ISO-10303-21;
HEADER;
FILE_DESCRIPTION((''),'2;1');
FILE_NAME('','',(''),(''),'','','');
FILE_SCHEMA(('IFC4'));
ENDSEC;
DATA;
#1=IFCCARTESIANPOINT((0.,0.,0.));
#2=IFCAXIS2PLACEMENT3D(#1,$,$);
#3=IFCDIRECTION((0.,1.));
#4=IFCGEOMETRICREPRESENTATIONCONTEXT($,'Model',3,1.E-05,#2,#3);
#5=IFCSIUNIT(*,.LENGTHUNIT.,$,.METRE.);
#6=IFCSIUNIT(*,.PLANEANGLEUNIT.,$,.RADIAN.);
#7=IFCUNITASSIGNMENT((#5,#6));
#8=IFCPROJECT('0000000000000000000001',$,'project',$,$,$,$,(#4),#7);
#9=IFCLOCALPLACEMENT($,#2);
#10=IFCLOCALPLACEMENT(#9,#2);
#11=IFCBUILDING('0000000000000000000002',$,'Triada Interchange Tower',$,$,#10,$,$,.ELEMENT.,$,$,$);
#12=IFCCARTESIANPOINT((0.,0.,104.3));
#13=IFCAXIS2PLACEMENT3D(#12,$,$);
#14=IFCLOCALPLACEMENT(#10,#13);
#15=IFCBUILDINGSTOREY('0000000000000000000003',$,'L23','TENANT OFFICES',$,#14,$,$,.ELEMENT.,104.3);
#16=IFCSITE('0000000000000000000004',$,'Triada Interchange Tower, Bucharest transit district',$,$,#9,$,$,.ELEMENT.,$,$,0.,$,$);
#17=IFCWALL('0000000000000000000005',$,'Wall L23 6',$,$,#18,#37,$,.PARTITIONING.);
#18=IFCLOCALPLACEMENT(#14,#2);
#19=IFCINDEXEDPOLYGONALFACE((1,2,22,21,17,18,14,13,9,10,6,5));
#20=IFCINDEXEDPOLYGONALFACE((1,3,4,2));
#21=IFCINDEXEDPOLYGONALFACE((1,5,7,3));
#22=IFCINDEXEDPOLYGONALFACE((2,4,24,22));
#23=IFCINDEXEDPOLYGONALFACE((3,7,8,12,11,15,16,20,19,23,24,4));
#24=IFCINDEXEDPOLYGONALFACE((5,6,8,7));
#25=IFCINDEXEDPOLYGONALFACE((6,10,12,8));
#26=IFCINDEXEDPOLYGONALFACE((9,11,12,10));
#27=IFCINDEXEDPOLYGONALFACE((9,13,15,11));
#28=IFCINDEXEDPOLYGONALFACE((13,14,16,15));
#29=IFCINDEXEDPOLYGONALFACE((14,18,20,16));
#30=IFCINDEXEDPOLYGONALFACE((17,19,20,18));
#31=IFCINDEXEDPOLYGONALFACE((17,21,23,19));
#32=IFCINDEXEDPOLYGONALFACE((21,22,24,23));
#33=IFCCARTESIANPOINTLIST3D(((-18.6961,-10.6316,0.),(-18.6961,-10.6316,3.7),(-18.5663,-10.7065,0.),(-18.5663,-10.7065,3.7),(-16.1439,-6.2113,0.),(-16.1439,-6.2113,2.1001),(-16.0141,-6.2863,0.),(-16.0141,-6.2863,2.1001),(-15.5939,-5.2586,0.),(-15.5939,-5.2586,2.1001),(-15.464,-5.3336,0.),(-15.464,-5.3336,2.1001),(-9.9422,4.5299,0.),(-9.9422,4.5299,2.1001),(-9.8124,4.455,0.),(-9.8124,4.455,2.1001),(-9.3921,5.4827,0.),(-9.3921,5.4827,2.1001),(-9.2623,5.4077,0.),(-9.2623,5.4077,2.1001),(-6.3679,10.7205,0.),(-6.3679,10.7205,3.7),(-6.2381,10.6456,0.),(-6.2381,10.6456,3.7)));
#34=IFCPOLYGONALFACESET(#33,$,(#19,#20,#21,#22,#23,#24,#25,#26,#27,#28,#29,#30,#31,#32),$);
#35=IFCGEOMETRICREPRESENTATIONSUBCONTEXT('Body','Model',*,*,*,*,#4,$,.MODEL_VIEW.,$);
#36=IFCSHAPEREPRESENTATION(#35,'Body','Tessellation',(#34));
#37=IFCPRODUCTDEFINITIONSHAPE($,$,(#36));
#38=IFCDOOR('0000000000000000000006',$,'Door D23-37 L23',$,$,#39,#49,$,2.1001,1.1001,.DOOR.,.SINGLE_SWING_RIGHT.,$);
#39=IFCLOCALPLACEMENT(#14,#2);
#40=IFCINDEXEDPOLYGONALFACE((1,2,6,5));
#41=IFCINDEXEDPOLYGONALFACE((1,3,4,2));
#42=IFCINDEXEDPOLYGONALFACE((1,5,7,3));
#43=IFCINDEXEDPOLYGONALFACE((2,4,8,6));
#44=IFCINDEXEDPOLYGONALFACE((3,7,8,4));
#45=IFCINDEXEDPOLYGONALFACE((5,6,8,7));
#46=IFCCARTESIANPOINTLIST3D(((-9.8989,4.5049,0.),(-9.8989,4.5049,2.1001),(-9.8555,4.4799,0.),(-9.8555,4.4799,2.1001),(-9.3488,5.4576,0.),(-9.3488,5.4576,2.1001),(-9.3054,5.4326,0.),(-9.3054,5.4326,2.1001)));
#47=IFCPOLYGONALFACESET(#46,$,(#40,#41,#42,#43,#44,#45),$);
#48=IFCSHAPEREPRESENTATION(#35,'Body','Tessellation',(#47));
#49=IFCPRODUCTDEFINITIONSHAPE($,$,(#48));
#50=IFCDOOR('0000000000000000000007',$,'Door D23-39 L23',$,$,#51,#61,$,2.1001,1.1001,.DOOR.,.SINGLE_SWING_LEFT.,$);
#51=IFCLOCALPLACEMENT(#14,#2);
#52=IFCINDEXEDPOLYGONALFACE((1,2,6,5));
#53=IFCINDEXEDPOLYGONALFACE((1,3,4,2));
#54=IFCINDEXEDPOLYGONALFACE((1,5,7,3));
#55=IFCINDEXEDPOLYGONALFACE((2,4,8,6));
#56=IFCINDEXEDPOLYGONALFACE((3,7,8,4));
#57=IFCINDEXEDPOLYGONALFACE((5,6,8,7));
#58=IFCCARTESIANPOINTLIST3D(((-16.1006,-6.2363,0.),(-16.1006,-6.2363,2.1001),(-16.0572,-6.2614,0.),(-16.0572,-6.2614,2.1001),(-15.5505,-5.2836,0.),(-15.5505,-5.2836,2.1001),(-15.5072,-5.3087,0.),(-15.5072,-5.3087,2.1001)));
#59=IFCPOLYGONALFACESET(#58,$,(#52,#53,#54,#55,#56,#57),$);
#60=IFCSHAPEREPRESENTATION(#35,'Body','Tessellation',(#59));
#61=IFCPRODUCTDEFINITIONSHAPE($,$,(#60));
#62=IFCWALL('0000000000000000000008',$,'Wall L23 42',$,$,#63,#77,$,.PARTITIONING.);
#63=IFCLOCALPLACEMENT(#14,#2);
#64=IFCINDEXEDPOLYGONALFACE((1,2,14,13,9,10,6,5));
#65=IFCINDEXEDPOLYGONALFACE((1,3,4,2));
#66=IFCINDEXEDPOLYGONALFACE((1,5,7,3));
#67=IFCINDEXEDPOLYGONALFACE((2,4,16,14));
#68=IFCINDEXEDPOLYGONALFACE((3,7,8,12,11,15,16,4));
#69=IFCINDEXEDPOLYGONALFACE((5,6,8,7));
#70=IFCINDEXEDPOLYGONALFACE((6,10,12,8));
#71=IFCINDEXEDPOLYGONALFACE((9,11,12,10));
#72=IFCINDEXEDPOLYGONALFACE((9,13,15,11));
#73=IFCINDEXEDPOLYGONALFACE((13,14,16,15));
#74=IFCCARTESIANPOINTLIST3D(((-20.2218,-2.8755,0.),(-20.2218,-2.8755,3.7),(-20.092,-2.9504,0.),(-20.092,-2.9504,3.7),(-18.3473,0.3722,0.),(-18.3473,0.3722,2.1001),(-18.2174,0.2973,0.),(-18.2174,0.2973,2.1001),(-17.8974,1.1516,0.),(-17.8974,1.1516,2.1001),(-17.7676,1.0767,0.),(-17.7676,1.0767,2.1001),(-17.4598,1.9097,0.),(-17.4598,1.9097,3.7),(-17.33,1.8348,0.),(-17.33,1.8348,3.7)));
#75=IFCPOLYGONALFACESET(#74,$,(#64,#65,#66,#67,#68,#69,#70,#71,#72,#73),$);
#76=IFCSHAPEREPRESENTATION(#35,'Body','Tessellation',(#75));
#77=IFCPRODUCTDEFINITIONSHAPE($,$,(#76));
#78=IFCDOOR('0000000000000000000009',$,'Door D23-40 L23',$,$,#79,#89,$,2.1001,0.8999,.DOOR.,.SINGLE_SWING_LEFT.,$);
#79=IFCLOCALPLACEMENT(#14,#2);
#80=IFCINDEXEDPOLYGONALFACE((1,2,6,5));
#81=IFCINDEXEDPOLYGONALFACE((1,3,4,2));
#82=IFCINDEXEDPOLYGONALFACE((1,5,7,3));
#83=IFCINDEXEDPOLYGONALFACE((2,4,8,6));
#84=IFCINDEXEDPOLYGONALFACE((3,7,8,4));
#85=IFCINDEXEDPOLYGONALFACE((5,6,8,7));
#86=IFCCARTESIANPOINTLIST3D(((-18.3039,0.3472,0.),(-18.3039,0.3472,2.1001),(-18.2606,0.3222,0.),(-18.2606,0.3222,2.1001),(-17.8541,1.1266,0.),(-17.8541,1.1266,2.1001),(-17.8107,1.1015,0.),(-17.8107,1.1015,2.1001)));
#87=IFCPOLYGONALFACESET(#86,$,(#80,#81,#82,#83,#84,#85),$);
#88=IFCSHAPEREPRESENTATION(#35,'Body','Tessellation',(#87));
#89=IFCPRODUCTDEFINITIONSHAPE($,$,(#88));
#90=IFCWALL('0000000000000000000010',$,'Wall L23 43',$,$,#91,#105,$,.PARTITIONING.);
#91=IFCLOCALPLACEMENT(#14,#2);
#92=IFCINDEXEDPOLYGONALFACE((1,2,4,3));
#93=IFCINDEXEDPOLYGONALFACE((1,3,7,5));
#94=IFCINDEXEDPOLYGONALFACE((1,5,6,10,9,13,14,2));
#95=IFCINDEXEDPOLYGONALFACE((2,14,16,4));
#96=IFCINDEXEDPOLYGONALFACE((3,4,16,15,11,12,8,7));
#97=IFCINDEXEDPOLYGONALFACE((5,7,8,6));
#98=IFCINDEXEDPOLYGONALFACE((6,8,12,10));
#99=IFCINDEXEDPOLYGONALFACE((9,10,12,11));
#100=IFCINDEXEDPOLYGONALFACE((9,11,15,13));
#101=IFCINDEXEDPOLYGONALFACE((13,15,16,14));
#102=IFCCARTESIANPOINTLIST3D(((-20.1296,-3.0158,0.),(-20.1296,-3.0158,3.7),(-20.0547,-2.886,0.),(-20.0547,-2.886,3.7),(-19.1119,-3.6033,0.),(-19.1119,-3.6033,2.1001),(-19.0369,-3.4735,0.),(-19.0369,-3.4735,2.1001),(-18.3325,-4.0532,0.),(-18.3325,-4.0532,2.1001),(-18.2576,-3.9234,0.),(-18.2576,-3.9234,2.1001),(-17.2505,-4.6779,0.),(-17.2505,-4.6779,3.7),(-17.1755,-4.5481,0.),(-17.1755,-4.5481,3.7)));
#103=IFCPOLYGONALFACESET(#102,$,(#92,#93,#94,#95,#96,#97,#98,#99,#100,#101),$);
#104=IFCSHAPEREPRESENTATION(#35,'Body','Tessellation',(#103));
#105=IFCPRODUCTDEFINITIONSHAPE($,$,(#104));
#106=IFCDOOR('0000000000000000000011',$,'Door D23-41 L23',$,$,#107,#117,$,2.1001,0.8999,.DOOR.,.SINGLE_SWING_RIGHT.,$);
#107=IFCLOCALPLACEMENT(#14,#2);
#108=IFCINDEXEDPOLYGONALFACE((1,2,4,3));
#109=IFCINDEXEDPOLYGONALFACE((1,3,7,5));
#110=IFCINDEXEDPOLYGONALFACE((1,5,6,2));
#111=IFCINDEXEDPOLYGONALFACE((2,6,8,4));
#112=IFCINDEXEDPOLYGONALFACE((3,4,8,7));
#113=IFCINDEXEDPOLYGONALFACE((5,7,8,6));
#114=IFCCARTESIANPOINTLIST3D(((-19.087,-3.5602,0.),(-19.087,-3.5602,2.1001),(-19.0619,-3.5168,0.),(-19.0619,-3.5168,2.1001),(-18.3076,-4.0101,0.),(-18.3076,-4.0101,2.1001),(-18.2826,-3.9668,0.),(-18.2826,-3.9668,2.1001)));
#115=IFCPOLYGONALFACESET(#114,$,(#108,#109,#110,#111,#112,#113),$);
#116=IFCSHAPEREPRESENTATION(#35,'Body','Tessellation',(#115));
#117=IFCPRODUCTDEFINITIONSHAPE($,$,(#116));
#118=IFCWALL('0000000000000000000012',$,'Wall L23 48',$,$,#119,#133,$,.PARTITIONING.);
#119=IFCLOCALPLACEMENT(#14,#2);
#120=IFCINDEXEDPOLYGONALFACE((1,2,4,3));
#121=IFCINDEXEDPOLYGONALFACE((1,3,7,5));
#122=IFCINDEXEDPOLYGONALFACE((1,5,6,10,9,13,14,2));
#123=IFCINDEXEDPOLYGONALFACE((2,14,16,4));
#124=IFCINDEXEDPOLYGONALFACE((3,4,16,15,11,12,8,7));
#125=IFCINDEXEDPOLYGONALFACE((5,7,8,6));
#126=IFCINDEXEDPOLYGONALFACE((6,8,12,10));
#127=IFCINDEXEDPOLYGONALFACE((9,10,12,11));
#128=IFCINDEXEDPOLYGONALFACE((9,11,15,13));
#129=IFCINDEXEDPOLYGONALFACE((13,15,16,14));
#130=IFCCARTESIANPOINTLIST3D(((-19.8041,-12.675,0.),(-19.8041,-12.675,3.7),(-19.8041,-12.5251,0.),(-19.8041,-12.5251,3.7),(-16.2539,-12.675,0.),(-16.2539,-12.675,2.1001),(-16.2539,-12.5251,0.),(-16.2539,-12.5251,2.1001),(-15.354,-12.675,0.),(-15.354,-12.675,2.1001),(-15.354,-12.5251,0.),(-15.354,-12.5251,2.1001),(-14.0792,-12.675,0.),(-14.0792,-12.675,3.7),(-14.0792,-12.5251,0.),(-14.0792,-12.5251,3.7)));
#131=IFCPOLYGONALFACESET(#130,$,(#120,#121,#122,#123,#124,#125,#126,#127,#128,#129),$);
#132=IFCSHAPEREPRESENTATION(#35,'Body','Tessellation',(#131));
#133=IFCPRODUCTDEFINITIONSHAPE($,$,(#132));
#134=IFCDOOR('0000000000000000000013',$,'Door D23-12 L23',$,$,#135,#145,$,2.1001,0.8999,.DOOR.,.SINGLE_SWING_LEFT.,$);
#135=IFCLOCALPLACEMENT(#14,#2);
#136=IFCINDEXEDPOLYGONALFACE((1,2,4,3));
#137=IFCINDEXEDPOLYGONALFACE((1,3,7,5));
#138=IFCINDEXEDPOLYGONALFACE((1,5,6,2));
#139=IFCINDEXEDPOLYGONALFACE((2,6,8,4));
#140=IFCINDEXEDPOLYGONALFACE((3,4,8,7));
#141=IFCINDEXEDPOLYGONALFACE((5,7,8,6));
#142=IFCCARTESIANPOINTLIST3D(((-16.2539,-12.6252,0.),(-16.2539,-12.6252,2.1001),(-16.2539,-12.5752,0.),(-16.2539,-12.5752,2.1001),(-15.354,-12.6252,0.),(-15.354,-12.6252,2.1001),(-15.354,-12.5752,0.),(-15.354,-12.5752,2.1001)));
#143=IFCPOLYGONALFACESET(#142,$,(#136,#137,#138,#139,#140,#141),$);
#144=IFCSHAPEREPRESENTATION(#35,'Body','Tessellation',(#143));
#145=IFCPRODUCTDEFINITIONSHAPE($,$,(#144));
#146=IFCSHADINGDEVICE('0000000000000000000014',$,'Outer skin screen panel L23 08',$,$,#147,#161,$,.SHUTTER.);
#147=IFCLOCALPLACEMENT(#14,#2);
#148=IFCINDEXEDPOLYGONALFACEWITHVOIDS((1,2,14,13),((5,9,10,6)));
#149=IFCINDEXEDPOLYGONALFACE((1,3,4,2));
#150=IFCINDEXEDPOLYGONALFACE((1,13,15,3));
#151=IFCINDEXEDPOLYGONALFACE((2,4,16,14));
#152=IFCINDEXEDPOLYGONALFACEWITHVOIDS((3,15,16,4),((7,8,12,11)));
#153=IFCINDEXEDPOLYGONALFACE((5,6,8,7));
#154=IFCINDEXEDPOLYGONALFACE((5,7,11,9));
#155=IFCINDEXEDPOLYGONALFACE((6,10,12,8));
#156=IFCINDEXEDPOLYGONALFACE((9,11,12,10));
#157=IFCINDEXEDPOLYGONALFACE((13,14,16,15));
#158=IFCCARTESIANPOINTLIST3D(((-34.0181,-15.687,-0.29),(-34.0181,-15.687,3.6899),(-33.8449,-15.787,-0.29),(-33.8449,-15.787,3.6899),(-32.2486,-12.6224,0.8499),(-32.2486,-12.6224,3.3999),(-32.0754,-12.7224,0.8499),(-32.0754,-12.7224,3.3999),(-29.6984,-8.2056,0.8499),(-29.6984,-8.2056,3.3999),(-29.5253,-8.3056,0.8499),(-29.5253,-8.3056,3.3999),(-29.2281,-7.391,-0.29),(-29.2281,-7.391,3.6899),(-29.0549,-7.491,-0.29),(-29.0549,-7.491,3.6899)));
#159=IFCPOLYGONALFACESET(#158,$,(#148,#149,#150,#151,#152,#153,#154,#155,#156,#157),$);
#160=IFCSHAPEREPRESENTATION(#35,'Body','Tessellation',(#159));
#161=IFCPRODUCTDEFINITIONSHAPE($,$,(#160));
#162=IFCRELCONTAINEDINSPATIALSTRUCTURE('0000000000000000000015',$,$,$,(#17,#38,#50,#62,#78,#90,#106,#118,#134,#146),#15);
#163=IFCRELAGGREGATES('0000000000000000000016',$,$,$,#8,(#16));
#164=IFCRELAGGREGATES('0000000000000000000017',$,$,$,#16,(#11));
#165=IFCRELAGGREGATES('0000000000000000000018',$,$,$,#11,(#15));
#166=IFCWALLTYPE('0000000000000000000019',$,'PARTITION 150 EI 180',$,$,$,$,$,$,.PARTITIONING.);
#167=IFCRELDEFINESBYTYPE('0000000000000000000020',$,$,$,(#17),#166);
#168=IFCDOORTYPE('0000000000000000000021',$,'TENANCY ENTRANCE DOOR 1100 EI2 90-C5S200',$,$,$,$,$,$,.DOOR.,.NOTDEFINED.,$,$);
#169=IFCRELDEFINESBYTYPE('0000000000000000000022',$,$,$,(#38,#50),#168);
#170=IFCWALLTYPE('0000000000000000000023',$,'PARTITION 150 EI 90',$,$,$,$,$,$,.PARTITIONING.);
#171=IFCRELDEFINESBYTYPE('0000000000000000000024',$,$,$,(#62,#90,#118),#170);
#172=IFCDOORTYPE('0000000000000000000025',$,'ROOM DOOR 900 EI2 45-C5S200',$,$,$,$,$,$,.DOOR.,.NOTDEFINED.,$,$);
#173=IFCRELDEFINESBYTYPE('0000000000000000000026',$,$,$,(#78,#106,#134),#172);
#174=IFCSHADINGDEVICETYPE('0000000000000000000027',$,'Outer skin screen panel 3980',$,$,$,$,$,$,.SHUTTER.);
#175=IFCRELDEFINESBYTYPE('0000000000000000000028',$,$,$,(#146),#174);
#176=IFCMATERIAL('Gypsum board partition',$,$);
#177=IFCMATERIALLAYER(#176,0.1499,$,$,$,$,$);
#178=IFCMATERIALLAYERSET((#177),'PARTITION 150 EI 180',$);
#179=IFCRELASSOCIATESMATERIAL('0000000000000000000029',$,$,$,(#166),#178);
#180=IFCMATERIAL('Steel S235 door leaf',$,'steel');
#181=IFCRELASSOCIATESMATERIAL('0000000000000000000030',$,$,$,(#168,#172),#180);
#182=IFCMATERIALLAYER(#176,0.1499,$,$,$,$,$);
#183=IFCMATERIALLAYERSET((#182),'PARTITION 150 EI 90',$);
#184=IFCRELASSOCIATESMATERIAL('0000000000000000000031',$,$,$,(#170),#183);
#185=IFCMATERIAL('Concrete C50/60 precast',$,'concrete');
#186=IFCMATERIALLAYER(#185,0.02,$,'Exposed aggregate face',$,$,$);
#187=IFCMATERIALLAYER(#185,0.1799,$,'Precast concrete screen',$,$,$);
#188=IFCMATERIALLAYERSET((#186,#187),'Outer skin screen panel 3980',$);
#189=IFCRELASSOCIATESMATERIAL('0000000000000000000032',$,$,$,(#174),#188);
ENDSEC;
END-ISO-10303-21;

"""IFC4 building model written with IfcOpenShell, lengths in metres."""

from ifc_helpers import new_model, si_unit, direction, frame, frame_2d, origin, place, context, subcontext, project, spatial, polyline, rectangle, outline, extrude, material, layer, layer_set, type_object, element, fill, save


model = new_model("IFC4")

# Units and contexts
model_context = context("Model", 3, precision=1e-05, world=origin(), true_north=direction((0.0, 1.0)))
body_context = subcontext(model_context, "Body", "Model", "MODEL_VIEW")
ifc_project = project(units=[si_unit("LENGTHUNIT", "METRE"), si_unit("PLANEANGLEUNIT", "RADIAN")], contexts=[model_context])

# Site, building, storey
site_placement = place(None, origin())
site = spatial("IfcSite", under=ifc_project, at=site_placement, Name="Triada Interchange Tower, Bucharest transit district", CompositionType="ELEMENT", RefElevation=0.0)
building_placement = place(site_placement, origin())
building = spatial("IfcBuilding", under=site, at=building_placement, Name="Triada Interchange Tower", CompositionType="ELEMENT")
storey_placement = place(building_placement, frame((0.0, 0.0, 104.3)))
storey = spatial("IfcBuildingStorey", under=building, at=storey_placement, Name="L23", Description="TENANT OFFICES", CompositionType="ELEMENT", Elevation=104.3)

# Shared definitions
ifc_material_1 = material(Name="Gypsum board partition")
ifc_layer_1 = layer(ifc_material_1, 0.1499)
ifc_layer_set_1 = layer_set([ifc_layer_1], Name="PARTITION 150 EI 180")
wall_type_1 = type_object("IfcWallType", Name="PARTITION 150 EI 180", PredefinedType="PARTITIONING", material=ifc_layer_set_1)

# Wall, openings, doors
ifc_material_2 = material(Name="Steel S235 door leaf", Category="steel")
door_type_1 = type_object("IfcDoorType", Name="TENANCY ENTRANCE DOOR 1100 EI2 90-C5S200", OperationType="NOTDEFINED", PredefinedType="DOOR", material=ifc_material_2)
wall_1_placement = place(storey_placement, frame((-18.6311, -10.6689, 0.0), z_axis=(0.0, 0.0, 1.0), x_axis=(0.500016, 0.866016, 0.0)))
wall_1 = element("IfcWall", 1, at=wall_1_placement, inside=storey, type_object=wall_type_1, Name="Wall L23 6", PredefinedType="PARTITIONING", context=body_context, shape_type="SweptSolid", body=[
    extrude(rectangle(XDim=24.6555, YDim=0.1499, at=frame_2d((12.3276, 0.0))), origin(), (0.0, 0.0, 1.0), 3.7),
])
opening_1_placement = place(wall_1_placement, frame((17.5071, 0.0, 0.0)))
opening_1 = element("IfcOpeningElement", 2, at=opening_1_placement, cuts=wall_1, PredefinedType="OPENING", context=body_context, shape_type="SweptSolid", body=[
    extrude(rectangle(XDim=1.1001, YDim=2.1001, at=frame_2d((0.55, 1.05))), frame((0.0, 0.085, 0.0), z_axis=(0.0, -1.0, 0.0), x_axis=(1.0, 0.0, 0.0)), (0.0, 0.0, 1.0), 0.1699),
])
opening_2_placement = place(wall_1_placement, frame((5.104, 0.0, 0.0)))
opening_2 = element("IfcOpeningElement", 3, at=opening_2_placement, cuts=wall_1, PredefinedType="OPENING", context=body_context, shape_type="SweptSolid", body=[
    extrude(rectangle(XDim=1.1001, YDim=2.1001, at=frame_2d((0.55, 1.05))), frame((0.0, 0.085, 0.0), z_axis=(0.0, -1.0, 0.0), x_axis=(1.0, 0.0, 0.0)), (0.0, 0.0, 1.0), 0.1699),
])
door_1_placement = place(opening_1_placement, origin())
door_1 = element("IfcDoor", 4, at=door_1_placement, inside=storey, type_object=door_type_1, Name="Door D23-37 L23", OperationType="SINGLE_SWING_RIGHT", OverallHeight=2.1001, OverallWidth=1.1001, PredefinedType="DOOR", context=body_context, shape_type="SweptSolid", body=[
    extrude(rectangle(XDim=1.1001, YDim=2.1001, at=frame_2d((0.55, 1.05))), frame((0.0, 0.0249, 0.0), z_axis=(0.0, -1.0, 0.0), x_axis=(1.0, 0.0, 0.0)), (0.0, 0.0, 1.0), 0.05),
])
fill(opening_1, door_1)
door_2_placement = place(opening_2_placement, origin())
door_2 = element("IfcDoor", 5, at=door_2_placement, inside=storey, type_object=door_type_1, Name="Door D23-39 L23", OperationType="SINGLE_SWING_LEFT", OverallHeight=2.1001, OverallWidth=1.1001, PredefinedType="DOOR", context=body_context, shape_type="SweptSolid", body=[
    extrude(rectangle(XDim=1.1001, YDim=2.1001, at=frame_2d((0.55, 1.05))), frame((0.0, 0.0249, 0.0), z_axis=(0.0, -1.0, 0.0), x_axis=(1.0, 0.0, 0.0)), (0.0, 0.0, 1.0), 0.05),
])
fill(opening_2, door_2)

# Walls, openings, doors
ifc_layer_2 = layer(ifc_material_1, 0.1499)
ifc_layer_set_2 = layer_set([ifc_layer_2], Name="PARTITION 150 EI 90")
wall_type_2 = type_object("IfcWallType", Name="PARTITION 150 EI 90", PredefinedType="PARTITIONING", material=ifc_layer_set_2)
wall_2_placement = place(storey_placement, frame((-20.157, -2.9131, 0.0), z_axis=(0.0, 0.0, 1.0), x_axis=(0.499898, 0.866084, 0.0)))
wall_2 = element("IfcWall", 6, at=wall_2_placement, inside=storey, type_object=wall_type_2, Name="Wall L23 42", PredefinedType="PARTITIONING", context=body_context, shape_type="SweptSolid", body=[
    extrude(rectangle(XDim=5.5251, YDim=0.1499, at=frame_2d((2.7627, 0.0))), origin(), (0.0, 0.0, 1.0), 3.7),
])
opening_3_placement = place(wall_2_placement, frame((3.75, 0.0, 0.0)))
opening_3 = element("IfcOpeningElement", 7, at=opening_3_placement, cuts=wall_2, PredefinedType="OPENING", context=body_context, shape_type="SweptSolid", body=[
    extrude(rectangle(XDim=0.8999, YDim=2.1001, at=frame_2d((0.45, 1.05))), frame((0.0, 0.085, 0.0), z_axis=(0.0, -1.0, 0.0), x_axis=(1.0, 0.0, 0.0)), (0.0, 0.0, 1.0), 0.1699),
])
door_type_2 = type_object("IfcDoorType", Name="ROOM DOOR 900 EI2 45-C5S200", OperationType="NOTDEFINED", PredefinedType="DOOR", material=ifc_material_2)
door_3_placement = place(opening_3_placement, origin())
door_3 = element("IfcDoor", 8, at=door_3_placement, inside=storey, type_object=door_type_2, Name="Door D23-40 L23", OperationType="SINGLE_SWING_LEFT", OverallHeight=2.1001, OverallWidth=0.8999, PredefinedType="DOOR", context=body_context, shape_type="SweptSolid", body=[
    extrude(rectangle(XDim=0.8999, YDim=2.1001, at=frame_2d((0.45, 1.05))), frame((0.0, 0.0249, 0.0), z_axis=(0.0, -1.0, 0.0), x_axis=(1.0, 0.0, 0.0)), (0.0, 0.0, 1.0), 0.05),
])
fill(opening_3, door_3)
wall_3_placement = place(storey_placement, frame((-20.092, -2.9509, 0.0), z_axis=(0.0, 0.0, 1.0), x_axis=(0.866047, -0.499962, 0.0)))
wall_3 = element("IfcWall", 9, at=wall_3_placement, inside=storey, type_object=wall_type_2, Name="Wall L23 43", PredefinedType="PARTITIONING", context=body_context, shape_type="SweptSolid", body=[
    extrude(rectangle(XDim=3.3245, YDim=0.1499, at=frame_2d((1.6621, 0.0))), origin(), (0.0, 0.0, 1.0), 3.7),
])
opening_4_placement = place(wall_3_placement, frame((1.175, 0.0, 0.0)))
opening_4 = element("IfcOpeningElement", 10, at=opening_4_placement, cuts=wall_3, PredefinedType="OPENING", context=body_context, shape_type="SweptSolid", body=[
    extrude(rectangle(XDim=0.8999, YDim=2.1001, at=frame_2d((0.45, 1.05))), frame((0.0, 0.085, 0.0), z_axis=(0.0, -1.0, 0.0), x_axis=(1.0, 0.0, 0.0)), (0.0, 0.0, 1.0), 0.1699),
])
door_4_placement = place(opening_4_placement, origin())
door_4 = element("IfcDoor", 11, at=door_4_placement, inside=storey, type_object=door_type_2, Name="Door D23-41 L23", OperationType="SINGLE_SWING_RIGHT", OverallHeight=2.1001, OverallWidth=0.8999, PredefinedType="DOOR", context=body_context, shape_type="SweptSolid", body=[
    extrude(rectangle(XDim=0.8999, YDim=2.1001, at=frame_2d((0.45, 1.05))), frame((0.0, 0.0249, 0.0), z_axis=(0.0, -1.0, 0.0), x_axis=(1.0, 0.0, 0.0)), (0.0, 0.0, 1.0), 0.05),
])
fill(opening_4, door_4)
wall_4_placement = place(storey_placement, frame((-19.804, -12.6001, 0.0), z_axis=(0.0, 0.0, 1.0), x_axis=(1.0, 0.0, 0.0)))
wall_4 = element("IfcWall", 12, at=wall_4_placement, inside=storey, type_object=wall_type_2, Name="Wall L23 48", PredefinedType="PARTITIONING", context=body_context, shape_type="SweptSolid", body=[
    extrude(rectangle(XDim=5.7249, YDim=0.1499, at=frame_2d((2.8623, 0.0))), origin(), (0.0, 0.0, 1.0), 3.7),
])
opening_5_placement = place(wall_4_placement, frame((3.55, 0.0, 0.0)))
opening_5 = element("IfcOpeningElement", 13, at=opening_5_placement, cuts=wall_4, PredefinedType="OPENING", context=body_context, shape_type="SweptSolid", body=[
    extrude(rectangle(XDim=0.8999, YDim=2.1001, at=frame_2d((0.45, 1.05))), frame((0.0, 0.085, 0.0), z_axis=(0.0, -1.0, 0.0), x_axis=(1.0, 0.0, 0.0)), (0.0, 0.0, 1.0), 0.1699),
])
door_5_placement = place(opening_5_placement, origin())
door_5 = element("IfcDoor", 14, at=door_5_placement, inside=storey, type_object=door_type_2, Name="Door D23-12 L23", OperationType="SINGLE_SWING_LEFT", OverallHeight=2.1001, OverallWidth=0.8999, PredefinedType="DOOR", context=body_context, shape_type="SweptSolid", body=[
    extrude(rectangle(XDim=0.8999, YDim=2.1001, at=frame_2d((0.45, 1.05))), frame((0.0, 0.0249, 0.0), z_axis=(0.0, -1.0, 0.0), x_axis=(1.0, 0.0, 0.0)), (0.0, 0.0, 1.0), 0.05),
])
fill(opening_5, door_5)

# Shading device
ifc_material_3 = material(Name="Concrete C50/60 precast", Category="concrete")
ifc_layer_3 = layer(ifc_material_3, 0.02, Name="Exposed aggregate face")
ifc_layer_4 = layer(ifc_material_3, 0.1799, Name="Precast concrete screen")
ifc_layer_set_3 = layer_set([ifc_layer_3, ifc_layer_4], Name="Outer skin screen panel 3980")
shading_device_type = type_object("IfcShadingDeviceType", Name="Outer skin screen panel 3980", PredefinedType="SHUTTER", material=ifc_layer_set_3)
shading_device_placement = place(storey_placement, frame((-29.0549, -7.491, -0.29), z_axis=(0.0, 0.0, 1.0), x_axis=(-0.50002, -0.866014, 0.0)))
element("IfcShadingDevice", 15, at=shading_device_placement, inside=storey, type_object=shading_device_type, Name="Outer skin screen panel L23 08", PredefinedType="SHUTTER", context=body_context, shape_type="SweptSolid", body=[
    extrude(outline(polyline([(0.0, 0.0), (9.5796, 0.0), (9.5796, 3.98), (0.0, 3.98), (0.0, 0.0)]), holes=[polyline([(0.9407, 1.1399), (0.9407, 3.6899), (6.0408, 3.6899), (6.0408, 1.1399), (0.9407, 1.1399)])]), frame((0.0, 0.0, 0.0), z_axis=(0.0, -1.0, 0.0), x_axis=(1.0, 0.0, 0.0)), (0.0, 0.0, 1.0), 0.2),
])

save(model, "model.ifc")
